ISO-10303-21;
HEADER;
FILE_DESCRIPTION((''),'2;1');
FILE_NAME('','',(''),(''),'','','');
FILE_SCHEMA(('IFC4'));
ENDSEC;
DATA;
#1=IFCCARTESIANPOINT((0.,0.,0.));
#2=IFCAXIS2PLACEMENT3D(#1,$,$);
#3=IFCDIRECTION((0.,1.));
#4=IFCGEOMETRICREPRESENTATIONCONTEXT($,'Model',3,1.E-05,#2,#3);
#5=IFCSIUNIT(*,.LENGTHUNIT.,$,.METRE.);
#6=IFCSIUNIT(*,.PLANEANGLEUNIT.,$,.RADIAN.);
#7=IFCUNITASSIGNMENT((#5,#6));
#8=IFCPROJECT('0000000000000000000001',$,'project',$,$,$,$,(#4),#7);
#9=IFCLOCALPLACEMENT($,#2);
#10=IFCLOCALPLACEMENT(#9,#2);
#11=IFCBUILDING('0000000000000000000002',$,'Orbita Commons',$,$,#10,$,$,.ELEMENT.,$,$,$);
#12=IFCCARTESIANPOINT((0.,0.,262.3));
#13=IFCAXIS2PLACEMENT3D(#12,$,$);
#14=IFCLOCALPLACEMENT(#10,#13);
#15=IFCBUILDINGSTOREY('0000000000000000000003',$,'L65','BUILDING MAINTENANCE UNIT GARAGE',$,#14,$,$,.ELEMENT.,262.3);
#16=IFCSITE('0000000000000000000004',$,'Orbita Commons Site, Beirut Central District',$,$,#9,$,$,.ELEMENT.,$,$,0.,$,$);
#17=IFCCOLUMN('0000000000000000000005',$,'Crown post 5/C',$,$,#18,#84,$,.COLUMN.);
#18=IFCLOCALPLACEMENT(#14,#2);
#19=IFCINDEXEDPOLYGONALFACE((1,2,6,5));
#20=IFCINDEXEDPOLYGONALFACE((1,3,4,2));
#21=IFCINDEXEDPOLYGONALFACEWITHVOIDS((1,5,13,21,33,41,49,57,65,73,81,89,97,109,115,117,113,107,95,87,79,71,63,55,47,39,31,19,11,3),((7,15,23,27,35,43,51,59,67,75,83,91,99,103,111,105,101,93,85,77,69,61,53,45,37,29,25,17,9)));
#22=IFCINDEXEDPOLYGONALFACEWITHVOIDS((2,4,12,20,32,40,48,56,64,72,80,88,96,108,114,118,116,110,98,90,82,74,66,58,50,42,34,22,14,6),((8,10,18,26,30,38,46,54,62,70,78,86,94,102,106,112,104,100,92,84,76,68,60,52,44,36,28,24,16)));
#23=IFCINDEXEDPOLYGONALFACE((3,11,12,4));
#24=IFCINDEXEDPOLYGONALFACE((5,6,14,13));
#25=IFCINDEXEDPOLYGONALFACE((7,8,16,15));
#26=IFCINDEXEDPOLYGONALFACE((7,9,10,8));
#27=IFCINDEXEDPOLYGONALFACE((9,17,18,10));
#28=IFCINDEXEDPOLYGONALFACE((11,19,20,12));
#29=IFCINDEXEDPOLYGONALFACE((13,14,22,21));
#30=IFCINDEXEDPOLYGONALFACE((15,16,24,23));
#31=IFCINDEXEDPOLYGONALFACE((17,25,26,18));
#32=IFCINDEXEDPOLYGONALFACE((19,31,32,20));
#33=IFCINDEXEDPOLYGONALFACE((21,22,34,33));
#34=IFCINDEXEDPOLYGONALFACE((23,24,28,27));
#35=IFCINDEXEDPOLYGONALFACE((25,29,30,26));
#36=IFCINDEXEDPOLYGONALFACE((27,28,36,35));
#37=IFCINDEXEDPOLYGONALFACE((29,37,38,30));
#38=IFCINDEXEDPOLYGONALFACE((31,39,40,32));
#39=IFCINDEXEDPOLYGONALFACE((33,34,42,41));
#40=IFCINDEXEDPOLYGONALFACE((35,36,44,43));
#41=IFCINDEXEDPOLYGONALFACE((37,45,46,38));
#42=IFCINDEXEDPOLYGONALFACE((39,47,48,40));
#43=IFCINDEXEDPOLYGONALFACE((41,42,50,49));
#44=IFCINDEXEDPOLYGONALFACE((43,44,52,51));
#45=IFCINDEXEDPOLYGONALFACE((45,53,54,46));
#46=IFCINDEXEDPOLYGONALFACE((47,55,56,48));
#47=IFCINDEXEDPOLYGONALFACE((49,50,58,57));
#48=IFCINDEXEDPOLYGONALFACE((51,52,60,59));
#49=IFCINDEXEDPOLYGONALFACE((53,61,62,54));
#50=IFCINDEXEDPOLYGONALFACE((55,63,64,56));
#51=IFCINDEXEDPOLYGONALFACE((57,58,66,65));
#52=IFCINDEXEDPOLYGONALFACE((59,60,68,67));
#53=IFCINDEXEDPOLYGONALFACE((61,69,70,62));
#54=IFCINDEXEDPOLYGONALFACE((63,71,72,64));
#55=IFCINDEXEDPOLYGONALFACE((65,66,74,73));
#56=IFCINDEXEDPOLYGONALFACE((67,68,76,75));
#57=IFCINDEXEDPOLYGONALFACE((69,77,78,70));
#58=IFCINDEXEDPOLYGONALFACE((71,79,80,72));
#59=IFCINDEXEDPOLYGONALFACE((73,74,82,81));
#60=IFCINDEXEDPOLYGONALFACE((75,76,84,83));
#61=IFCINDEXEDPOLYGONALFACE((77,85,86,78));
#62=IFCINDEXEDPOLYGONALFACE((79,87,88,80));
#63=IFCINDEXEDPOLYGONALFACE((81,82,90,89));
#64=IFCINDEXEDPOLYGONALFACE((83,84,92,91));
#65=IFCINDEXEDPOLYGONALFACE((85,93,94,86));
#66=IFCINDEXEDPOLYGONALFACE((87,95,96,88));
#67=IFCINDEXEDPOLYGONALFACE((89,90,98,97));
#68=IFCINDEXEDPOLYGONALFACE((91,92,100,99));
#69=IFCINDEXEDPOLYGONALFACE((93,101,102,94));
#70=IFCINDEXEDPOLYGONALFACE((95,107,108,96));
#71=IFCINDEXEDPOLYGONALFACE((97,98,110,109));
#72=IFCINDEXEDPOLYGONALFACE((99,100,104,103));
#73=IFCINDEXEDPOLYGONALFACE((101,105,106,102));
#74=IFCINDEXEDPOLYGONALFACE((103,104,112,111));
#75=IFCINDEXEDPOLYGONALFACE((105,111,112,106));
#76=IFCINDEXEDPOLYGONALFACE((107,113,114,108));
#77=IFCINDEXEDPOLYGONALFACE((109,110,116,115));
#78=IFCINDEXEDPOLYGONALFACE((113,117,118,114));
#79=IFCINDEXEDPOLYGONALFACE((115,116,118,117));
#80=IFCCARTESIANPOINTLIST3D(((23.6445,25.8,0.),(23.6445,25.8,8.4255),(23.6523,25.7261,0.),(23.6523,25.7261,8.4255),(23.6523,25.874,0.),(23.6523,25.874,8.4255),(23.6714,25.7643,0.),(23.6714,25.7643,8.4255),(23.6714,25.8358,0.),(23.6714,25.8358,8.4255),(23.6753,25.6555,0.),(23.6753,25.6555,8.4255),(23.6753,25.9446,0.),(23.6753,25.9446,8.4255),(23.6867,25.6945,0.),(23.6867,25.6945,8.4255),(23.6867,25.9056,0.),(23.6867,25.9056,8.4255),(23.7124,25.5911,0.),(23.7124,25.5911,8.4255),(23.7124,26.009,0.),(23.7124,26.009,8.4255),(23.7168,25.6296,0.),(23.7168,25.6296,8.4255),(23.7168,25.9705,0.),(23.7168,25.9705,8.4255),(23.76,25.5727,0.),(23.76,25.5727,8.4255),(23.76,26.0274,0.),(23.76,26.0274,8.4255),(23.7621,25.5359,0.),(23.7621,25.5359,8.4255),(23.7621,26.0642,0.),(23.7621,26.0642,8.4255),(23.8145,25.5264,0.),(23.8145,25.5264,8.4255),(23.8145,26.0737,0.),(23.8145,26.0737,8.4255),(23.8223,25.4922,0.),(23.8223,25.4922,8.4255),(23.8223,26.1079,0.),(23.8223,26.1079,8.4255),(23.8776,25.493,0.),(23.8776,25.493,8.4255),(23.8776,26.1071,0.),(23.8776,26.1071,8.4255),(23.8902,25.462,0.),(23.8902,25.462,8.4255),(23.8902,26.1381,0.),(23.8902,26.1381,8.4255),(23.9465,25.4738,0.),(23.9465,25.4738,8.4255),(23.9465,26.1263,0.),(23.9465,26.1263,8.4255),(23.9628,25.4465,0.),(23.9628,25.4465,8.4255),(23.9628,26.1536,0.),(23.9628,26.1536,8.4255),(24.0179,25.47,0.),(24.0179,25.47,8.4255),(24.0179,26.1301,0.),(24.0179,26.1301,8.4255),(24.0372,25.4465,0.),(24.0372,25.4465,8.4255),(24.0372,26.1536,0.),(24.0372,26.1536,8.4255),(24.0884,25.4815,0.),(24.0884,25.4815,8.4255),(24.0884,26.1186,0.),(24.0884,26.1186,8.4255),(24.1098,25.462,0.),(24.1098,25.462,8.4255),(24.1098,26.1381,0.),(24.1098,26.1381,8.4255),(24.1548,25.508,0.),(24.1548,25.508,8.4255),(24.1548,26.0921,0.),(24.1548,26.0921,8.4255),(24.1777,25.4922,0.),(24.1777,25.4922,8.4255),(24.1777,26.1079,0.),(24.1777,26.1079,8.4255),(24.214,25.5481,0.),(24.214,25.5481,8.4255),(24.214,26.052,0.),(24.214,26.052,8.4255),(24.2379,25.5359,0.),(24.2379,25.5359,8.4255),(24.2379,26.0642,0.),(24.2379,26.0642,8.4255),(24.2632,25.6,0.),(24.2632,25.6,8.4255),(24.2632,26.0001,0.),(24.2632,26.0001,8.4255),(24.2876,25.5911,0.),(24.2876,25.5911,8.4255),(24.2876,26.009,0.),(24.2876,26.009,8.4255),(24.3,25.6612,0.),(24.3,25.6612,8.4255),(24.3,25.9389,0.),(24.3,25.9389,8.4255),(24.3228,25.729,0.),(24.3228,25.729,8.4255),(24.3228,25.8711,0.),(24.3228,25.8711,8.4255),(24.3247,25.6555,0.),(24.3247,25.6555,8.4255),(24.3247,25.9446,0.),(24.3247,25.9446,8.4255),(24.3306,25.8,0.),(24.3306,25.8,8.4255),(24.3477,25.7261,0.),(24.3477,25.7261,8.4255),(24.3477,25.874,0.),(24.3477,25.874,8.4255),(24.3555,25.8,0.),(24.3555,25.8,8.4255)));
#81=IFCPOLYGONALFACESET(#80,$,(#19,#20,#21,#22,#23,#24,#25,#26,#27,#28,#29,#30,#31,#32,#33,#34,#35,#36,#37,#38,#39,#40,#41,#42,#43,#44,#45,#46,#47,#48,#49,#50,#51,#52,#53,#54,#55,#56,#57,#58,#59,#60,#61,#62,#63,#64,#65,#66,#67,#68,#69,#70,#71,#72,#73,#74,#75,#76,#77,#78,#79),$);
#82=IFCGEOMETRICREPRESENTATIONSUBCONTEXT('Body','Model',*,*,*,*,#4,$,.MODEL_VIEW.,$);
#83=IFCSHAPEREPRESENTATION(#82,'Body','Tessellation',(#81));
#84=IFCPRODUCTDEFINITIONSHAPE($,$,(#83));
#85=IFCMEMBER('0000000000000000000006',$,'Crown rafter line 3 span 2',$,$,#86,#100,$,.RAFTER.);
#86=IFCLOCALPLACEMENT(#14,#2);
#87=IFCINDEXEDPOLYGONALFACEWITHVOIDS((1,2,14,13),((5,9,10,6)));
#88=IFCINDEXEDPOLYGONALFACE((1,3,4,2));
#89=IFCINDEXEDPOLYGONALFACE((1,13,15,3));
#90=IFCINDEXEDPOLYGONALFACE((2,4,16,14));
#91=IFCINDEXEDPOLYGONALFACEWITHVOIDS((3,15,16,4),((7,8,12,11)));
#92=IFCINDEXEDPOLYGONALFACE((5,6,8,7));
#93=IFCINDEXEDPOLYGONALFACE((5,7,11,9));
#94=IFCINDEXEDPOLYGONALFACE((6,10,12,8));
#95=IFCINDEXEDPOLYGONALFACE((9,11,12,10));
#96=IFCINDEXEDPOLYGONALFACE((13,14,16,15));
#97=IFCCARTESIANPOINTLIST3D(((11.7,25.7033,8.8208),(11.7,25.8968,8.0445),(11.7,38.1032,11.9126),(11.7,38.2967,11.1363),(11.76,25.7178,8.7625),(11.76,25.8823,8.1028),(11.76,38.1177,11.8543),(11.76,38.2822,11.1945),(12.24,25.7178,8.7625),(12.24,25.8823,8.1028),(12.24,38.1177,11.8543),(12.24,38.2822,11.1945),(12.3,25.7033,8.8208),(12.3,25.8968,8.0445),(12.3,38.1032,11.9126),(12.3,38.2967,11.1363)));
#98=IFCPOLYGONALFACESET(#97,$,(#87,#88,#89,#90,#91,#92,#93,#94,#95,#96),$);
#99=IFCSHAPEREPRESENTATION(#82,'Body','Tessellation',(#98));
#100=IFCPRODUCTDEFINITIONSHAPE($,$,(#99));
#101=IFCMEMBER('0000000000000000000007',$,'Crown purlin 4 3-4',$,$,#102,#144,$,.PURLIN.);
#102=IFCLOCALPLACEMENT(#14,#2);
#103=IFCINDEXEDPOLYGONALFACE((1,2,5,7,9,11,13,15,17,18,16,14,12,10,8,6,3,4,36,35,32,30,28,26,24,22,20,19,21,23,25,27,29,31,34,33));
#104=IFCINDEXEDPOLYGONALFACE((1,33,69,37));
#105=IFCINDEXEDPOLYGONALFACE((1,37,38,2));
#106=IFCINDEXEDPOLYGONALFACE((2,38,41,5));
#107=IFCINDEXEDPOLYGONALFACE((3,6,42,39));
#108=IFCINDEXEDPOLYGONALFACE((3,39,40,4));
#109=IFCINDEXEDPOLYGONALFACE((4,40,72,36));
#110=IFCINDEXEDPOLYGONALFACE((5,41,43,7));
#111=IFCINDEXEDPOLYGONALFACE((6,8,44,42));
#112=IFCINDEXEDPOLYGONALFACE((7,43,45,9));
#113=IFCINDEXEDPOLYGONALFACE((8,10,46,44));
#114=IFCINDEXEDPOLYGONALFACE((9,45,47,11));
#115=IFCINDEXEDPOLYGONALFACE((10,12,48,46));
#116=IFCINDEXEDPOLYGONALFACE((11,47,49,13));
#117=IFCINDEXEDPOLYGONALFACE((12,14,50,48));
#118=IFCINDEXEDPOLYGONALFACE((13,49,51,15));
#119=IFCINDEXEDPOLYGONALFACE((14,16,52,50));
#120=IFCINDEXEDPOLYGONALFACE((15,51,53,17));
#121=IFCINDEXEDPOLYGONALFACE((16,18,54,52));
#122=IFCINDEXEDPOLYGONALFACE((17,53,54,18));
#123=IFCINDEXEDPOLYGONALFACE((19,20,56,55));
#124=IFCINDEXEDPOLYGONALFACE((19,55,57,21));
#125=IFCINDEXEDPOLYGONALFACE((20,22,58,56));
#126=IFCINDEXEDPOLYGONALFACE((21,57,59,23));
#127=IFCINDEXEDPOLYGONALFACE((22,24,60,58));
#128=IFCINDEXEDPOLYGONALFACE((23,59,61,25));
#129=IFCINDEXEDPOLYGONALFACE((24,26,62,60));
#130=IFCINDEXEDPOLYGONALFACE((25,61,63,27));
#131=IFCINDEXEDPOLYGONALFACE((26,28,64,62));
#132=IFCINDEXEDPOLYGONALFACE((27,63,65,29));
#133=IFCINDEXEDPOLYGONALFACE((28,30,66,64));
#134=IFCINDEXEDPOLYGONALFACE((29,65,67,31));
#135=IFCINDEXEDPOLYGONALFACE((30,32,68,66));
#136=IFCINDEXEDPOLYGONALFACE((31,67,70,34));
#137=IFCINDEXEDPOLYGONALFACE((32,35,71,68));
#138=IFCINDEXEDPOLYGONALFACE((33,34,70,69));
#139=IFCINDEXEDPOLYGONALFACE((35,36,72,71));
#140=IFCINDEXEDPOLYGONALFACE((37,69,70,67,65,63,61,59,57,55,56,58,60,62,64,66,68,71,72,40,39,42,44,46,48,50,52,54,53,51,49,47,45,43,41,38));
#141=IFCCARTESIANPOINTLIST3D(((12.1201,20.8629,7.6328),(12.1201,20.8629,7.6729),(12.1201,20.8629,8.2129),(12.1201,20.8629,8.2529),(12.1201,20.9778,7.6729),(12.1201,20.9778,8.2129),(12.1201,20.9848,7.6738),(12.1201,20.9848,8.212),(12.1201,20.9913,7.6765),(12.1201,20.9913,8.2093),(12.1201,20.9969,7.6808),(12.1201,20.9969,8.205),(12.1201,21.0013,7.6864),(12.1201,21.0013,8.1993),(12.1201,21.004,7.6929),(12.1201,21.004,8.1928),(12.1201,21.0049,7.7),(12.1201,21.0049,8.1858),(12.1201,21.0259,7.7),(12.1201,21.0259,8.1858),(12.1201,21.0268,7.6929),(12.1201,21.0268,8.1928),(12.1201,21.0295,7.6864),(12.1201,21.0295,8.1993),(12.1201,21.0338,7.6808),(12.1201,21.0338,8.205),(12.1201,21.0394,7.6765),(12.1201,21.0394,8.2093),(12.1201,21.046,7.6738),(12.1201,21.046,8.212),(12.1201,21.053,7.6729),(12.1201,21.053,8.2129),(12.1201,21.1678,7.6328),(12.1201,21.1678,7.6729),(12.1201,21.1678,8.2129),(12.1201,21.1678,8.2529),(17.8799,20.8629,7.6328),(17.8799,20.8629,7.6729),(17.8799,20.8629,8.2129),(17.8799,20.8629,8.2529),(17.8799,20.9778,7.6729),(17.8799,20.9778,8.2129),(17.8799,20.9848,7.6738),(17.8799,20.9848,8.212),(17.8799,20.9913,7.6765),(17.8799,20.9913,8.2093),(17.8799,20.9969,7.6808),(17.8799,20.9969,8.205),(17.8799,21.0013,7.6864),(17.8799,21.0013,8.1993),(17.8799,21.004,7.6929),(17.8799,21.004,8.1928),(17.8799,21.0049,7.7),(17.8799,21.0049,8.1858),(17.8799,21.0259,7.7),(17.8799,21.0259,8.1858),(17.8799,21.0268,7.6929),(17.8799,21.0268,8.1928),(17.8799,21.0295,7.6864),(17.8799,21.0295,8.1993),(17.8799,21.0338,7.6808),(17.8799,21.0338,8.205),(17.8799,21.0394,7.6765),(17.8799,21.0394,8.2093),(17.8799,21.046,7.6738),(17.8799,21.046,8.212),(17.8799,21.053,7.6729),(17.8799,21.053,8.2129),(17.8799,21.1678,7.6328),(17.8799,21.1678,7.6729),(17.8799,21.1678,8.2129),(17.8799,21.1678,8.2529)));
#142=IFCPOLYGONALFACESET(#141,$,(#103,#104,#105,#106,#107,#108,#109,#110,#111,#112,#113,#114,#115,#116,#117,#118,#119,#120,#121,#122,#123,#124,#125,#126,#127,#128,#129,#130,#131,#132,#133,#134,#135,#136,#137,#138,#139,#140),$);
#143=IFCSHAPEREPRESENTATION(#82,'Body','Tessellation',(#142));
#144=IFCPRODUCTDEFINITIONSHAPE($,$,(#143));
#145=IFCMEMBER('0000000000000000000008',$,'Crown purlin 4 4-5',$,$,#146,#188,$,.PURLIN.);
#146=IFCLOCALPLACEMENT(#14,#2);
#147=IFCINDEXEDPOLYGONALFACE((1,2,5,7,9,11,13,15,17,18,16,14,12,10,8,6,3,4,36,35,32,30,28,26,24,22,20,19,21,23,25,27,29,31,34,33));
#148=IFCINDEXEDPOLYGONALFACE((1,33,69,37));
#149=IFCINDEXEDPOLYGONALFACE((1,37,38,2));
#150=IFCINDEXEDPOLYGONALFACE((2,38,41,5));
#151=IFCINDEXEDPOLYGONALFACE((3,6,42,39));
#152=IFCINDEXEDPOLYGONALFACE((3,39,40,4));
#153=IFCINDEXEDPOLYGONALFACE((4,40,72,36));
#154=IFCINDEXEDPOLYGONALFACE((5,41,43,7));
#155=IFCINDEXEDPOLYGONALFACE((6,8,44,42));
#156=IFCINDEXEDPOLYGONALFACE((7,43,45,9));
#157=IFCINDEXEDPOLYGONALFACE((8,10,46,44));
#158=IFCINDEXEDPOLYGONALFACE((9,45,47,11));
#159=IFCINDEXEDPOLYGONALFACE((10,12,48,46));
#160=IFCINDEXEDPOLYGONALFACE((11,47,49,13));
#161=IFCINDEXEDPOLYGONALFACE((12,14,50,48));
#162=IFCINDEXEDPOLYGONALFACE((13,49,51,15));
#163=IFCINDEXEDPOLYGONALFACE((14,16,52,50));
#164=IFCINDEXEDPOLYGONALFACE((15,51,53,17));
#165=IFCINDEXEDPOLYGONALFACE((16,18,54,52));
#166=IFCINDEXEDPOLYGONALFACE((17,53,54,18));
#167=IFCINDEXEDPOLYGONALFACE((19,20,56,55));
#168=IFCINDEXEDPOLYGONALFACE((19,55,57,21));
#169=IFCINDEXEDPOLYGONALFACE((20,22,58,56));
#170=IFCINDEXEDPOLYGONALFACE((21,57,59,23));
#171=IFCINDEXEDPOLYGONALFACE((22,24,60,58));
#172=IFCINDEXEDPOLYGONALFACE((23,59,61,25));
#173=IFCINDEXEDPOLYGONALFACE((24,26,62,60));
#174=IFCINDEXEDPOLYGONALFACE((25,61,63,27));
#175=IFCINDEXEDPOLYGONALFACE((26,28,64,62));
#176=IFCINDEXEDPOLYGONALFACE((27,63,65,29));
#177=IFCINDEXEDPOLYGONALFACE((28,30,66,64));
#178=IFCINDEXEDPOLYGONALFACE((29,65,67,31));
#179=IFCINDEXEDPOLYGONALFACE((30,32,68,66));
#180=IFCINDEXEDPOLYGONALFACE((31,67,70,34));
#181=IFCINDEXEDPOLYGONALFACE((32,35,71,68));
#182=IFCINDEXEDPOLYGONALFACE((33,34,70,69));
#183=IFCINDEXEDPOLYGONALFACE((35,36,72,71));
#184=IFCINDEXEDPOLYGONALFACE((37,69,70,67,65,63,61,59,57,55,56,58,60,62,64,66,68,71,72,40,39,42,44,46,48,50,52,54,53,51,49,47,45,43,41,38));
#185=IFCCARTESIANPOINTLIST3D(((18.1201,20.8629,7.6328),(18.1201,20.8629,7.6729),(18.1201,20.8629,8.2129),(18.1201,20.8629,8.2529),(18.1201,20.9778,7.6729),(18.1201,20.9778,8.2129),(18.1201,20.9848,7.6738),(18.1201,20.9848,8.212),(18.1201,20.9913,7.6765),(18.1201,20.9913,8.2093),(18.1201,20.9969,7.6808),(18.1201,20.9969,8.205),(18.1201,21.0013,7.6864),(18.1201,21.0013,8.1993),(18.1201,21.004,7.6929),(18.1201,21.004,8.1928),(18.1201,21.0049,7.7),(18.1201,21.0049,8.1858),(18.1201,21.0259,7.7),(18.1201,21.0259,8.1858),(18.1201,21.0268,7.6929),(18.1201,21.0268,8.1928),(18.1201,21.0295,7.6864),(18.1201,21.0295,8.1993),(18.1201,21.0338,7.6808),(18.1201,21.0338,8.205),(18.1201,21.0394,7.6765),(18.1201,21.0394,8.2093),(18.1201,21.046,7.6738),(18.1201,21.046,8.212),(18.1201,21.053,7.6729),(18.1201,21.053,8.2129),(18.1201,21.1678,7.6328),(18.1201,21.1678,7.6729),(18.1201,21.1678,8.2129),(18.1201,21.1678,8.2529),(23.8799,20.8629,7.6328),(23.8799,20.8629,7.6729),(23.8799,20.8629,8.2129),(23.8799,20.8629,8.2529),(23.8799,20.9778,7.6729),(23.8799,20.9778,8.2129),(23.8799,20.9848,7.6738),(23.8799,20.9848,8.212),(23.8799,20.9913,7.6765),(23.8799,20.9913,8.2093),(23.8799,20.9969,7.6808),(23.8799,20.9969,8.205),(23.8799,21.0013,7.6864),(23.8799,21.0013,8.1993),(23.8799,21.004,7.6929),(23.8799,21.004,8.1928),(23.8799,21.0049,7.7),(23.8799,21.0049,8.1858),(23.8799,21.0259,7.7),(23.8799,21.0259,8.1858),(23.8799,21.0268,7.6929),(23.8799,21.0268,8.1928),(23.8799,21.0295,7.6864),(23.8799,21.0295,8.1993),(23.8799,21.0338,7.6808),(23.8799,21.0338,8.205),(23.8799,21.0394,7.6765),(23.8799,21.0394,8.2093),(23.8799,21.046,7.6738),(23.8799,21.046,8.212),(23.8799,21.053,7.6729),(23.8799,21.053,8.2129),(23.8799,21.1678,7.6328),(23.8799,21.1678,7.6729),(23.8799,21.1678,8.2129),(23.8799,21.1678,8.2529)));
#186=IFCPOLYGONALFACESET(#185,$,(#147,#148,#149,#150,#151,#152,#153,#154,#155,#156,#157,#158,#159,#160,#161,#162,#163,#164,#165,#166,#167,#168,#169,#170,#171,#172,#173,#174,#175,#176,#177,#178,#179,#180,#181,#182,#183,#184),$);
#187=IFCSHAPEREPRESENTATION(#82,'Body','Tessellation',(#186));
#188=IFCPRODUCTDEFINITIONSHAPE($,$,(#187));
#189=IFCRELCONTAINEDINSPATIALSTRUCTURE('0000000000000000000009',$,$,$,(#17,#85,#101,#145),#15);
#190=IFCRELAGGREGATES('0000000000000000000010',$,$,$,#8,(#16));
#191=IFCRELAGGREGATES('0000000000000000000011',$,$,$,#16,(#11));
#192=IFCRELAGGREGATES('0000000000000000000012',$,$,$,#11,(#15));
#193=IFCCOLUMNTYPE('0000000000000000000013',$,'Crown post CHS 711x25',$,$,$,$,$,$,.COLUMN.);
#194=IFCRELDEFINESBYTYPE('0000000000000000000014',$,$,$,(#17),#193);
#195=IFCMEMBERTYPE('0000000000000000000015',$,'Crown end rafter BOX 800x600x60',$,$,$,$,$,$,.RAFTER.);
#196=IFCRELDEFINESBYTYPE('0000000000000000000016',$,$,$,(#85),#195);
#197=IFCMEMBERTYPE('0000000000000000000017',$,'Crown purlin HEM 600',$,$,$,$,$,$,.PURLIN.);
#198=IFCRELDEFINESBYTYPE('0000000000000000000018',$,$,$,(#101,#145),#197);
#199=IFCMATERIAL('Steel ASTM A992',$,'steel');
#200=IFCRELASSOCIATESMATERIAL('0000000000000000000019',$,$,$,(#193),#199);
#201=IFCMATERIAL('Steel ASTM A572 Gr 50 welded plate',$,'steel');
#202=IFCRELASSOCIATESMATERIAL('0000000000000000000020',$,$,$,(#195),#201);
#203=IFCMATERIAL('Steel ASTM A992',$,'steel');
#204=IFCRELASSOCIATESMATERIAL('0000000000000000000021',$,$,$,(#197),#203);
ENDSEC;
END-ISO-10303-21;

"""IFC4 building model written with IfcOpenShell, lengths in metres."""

from ifc_helpers import new_model, si_unit, direction, frame, origin, origin_2d, place, context, subcontext, project, spatial, hollow_rectangle, hollow_circle, i_section, extrude, material, material_profile, profile_set, type_object, element, save


model = new_model("IFC4")

# Units and contexts
model_context = context("Model", 3, precision=1e-05, world=origin(), true_north=direction((0.0, 1.0)))
body_context = subcontext(model_context, "Body", "Model", "MODEL_VIEW")
ifc_project = project(units=[si_unit("LENGTHUNIT", "METRE"), si_unit("PLANEANGLEUNIT", "RADIAN")], contexts=[model_context])

# Site, building, storey
site_placement = place(None, origin())
site = spatial("IfcSite", under=ifc_project, at=site_placement, Name="Orbita Commons Site, Beirut Central District", CompositionType="ELEMENT", RefElevation=0.0)
building_placement = place(site_placement, origin())
building = spatial("IfcBuilding", under=site, at=building_placement, Name="Orbita Commons", CompositionType="ELEMENT")
storey_placement = place(building_placement, frame((0.0, 0.0, 262.3)))
storey = spatial("IfcBuildingStorey", under=building, at=storey_placement, Name="L65", Description="BUILDING MAINTENANCE UNIT GARAGE", CompositionType="ELEMENT", Elevation=262.3)

# Column
ifc_material_1 = material(Name="Steel ASTM A992", Category="steel")
ifc_material_profile_1 = material_profile(ifc_material_1, hollow_circle(Radius=0.3555, WallThickness=0.0249, at=origin_2d()), Name="CHS 711x25")
ifc_profile_set_1 = profile_set([ifc_material_profile_1], Name="Steel ASTM A992")
column_type = type_object("IfcColumnType", Name="Crown post CHS 711x25", PredefinedType="COLUMN", material=ifc_profile_set_1)
for number, where, z_axis, x_axis, name in (
    (1, (24.0, 25.8, 0.0), (0.0, 0.0, 1.0), (1.0, 0.0, 0.0), "Crown post 5/C"),
):
    element("IfcColumn", number, at=place(storey_placement, frame(where, z_axis=z_axis, x_axis=x_axis)), inside=storey, type_object=column_type, Name=name, PredefinedType="COLUMN", context=body_context, shape_type="SweptSolid", body=[
        extrude(hollow_circle(Radius=0.3555, WallThickness=0.0249, at=origin_2d()), origin(), (0.0, 0.0, 1.0), 8.4255),
    ])

# Members
ifc_material_2 = material(Name="Steel ASTM A572 Gr 50 welded plate", Category="steel")
ifc_material_profile_2 = material_profile(ifc_material_2, hollow_rectangle(XDim=0.6001, YDim=0.8, WallThickness=0.0601, at=origin_2d()), Name="BOX 800x600x60")
ifc_profile_set_2 = profile_set([ifc_material_profile_2], Name="Steel ASTM A572 Gr 50 welded plate")
member_type_1 = type_object("IfcMemberType", Name="Crown end rafter BOX 800x600x60", PredefinedType="RAFTER", material=ifc_profile_set_2)
member_placement = place(storey_placement, frame((12.0, 25.8, 8.4326), z_axis=(0.0, 0.970293, 0.241933), x_axis=(-1.0, 0.0, 0.0)))
element("IfcMember", 2, at=member_placement, inside=storey, type_object=member_type_1, Name="Crown rafter line 3 span 2", PredefinedType="RAFTER", context=body_context, shape_type="SweptSolid", body=[
    extrude(hollow_rectangle(XDim=0.6001, YDim=0.8, WallThickness=0.0601, at=origin_2d()), origin(), (0.0, 0.0, 1.0), 12.7795),
])
ifc_material_3 = material(Name="Steel ASTM A992", Category="steel")
ifc_material_profile_3 = material_profile(ifc_material_3, i_section(OverallWidth=0.3049, OverallDepth=0.6201, WebThickness=0.021, FlangeThickness=0.04, FilletRadius=0.0271, at=origin_2d()), Name="HEM 600")
ifc_profile_set_3 = profile_set([ifc_material_profile_3], Name="Steel ASTM A992")
member_type_2 = type_object("IfcMemberType", Name="Crown purlin HEM 600", PredefinedType="PURLIN", material=ifc_profile_set_3)
for number, where, z_axis, x_axis, name in (
    (3, (12.1201, 21.0154, 7.9429), (1.0, 0.0, 0.0), (0.0, 1.0, 0.0), "Crown purlin 4 3-4"),
    (4, (18.1201, 21.0154, 7.9429), (1.0, 0.0, 0.0), (0.0, 1.0, 0.0), "Crown purlin 4 4-5"),
):
    element("IfcMember", number, at=place(storey_placement, frame(where, z_axis=z_axis, x_axis=x_axis)), inside=storey, type_object=member_type_2, Name=name, PredefinedType="PURLIN", context=body_context, shape_type="SweptSolid", body=[
        extrude(i_section(OverallWidth=0.3049, OverallDepth=0.6201, WebThickness=0.021, FlangeThickness=0.04, FilletRadius=0.0271, at=origin_2d()), origin(), (0.0, 0.0, 1.0), 5.7598),
    ])

save(model, "model.ifc")
